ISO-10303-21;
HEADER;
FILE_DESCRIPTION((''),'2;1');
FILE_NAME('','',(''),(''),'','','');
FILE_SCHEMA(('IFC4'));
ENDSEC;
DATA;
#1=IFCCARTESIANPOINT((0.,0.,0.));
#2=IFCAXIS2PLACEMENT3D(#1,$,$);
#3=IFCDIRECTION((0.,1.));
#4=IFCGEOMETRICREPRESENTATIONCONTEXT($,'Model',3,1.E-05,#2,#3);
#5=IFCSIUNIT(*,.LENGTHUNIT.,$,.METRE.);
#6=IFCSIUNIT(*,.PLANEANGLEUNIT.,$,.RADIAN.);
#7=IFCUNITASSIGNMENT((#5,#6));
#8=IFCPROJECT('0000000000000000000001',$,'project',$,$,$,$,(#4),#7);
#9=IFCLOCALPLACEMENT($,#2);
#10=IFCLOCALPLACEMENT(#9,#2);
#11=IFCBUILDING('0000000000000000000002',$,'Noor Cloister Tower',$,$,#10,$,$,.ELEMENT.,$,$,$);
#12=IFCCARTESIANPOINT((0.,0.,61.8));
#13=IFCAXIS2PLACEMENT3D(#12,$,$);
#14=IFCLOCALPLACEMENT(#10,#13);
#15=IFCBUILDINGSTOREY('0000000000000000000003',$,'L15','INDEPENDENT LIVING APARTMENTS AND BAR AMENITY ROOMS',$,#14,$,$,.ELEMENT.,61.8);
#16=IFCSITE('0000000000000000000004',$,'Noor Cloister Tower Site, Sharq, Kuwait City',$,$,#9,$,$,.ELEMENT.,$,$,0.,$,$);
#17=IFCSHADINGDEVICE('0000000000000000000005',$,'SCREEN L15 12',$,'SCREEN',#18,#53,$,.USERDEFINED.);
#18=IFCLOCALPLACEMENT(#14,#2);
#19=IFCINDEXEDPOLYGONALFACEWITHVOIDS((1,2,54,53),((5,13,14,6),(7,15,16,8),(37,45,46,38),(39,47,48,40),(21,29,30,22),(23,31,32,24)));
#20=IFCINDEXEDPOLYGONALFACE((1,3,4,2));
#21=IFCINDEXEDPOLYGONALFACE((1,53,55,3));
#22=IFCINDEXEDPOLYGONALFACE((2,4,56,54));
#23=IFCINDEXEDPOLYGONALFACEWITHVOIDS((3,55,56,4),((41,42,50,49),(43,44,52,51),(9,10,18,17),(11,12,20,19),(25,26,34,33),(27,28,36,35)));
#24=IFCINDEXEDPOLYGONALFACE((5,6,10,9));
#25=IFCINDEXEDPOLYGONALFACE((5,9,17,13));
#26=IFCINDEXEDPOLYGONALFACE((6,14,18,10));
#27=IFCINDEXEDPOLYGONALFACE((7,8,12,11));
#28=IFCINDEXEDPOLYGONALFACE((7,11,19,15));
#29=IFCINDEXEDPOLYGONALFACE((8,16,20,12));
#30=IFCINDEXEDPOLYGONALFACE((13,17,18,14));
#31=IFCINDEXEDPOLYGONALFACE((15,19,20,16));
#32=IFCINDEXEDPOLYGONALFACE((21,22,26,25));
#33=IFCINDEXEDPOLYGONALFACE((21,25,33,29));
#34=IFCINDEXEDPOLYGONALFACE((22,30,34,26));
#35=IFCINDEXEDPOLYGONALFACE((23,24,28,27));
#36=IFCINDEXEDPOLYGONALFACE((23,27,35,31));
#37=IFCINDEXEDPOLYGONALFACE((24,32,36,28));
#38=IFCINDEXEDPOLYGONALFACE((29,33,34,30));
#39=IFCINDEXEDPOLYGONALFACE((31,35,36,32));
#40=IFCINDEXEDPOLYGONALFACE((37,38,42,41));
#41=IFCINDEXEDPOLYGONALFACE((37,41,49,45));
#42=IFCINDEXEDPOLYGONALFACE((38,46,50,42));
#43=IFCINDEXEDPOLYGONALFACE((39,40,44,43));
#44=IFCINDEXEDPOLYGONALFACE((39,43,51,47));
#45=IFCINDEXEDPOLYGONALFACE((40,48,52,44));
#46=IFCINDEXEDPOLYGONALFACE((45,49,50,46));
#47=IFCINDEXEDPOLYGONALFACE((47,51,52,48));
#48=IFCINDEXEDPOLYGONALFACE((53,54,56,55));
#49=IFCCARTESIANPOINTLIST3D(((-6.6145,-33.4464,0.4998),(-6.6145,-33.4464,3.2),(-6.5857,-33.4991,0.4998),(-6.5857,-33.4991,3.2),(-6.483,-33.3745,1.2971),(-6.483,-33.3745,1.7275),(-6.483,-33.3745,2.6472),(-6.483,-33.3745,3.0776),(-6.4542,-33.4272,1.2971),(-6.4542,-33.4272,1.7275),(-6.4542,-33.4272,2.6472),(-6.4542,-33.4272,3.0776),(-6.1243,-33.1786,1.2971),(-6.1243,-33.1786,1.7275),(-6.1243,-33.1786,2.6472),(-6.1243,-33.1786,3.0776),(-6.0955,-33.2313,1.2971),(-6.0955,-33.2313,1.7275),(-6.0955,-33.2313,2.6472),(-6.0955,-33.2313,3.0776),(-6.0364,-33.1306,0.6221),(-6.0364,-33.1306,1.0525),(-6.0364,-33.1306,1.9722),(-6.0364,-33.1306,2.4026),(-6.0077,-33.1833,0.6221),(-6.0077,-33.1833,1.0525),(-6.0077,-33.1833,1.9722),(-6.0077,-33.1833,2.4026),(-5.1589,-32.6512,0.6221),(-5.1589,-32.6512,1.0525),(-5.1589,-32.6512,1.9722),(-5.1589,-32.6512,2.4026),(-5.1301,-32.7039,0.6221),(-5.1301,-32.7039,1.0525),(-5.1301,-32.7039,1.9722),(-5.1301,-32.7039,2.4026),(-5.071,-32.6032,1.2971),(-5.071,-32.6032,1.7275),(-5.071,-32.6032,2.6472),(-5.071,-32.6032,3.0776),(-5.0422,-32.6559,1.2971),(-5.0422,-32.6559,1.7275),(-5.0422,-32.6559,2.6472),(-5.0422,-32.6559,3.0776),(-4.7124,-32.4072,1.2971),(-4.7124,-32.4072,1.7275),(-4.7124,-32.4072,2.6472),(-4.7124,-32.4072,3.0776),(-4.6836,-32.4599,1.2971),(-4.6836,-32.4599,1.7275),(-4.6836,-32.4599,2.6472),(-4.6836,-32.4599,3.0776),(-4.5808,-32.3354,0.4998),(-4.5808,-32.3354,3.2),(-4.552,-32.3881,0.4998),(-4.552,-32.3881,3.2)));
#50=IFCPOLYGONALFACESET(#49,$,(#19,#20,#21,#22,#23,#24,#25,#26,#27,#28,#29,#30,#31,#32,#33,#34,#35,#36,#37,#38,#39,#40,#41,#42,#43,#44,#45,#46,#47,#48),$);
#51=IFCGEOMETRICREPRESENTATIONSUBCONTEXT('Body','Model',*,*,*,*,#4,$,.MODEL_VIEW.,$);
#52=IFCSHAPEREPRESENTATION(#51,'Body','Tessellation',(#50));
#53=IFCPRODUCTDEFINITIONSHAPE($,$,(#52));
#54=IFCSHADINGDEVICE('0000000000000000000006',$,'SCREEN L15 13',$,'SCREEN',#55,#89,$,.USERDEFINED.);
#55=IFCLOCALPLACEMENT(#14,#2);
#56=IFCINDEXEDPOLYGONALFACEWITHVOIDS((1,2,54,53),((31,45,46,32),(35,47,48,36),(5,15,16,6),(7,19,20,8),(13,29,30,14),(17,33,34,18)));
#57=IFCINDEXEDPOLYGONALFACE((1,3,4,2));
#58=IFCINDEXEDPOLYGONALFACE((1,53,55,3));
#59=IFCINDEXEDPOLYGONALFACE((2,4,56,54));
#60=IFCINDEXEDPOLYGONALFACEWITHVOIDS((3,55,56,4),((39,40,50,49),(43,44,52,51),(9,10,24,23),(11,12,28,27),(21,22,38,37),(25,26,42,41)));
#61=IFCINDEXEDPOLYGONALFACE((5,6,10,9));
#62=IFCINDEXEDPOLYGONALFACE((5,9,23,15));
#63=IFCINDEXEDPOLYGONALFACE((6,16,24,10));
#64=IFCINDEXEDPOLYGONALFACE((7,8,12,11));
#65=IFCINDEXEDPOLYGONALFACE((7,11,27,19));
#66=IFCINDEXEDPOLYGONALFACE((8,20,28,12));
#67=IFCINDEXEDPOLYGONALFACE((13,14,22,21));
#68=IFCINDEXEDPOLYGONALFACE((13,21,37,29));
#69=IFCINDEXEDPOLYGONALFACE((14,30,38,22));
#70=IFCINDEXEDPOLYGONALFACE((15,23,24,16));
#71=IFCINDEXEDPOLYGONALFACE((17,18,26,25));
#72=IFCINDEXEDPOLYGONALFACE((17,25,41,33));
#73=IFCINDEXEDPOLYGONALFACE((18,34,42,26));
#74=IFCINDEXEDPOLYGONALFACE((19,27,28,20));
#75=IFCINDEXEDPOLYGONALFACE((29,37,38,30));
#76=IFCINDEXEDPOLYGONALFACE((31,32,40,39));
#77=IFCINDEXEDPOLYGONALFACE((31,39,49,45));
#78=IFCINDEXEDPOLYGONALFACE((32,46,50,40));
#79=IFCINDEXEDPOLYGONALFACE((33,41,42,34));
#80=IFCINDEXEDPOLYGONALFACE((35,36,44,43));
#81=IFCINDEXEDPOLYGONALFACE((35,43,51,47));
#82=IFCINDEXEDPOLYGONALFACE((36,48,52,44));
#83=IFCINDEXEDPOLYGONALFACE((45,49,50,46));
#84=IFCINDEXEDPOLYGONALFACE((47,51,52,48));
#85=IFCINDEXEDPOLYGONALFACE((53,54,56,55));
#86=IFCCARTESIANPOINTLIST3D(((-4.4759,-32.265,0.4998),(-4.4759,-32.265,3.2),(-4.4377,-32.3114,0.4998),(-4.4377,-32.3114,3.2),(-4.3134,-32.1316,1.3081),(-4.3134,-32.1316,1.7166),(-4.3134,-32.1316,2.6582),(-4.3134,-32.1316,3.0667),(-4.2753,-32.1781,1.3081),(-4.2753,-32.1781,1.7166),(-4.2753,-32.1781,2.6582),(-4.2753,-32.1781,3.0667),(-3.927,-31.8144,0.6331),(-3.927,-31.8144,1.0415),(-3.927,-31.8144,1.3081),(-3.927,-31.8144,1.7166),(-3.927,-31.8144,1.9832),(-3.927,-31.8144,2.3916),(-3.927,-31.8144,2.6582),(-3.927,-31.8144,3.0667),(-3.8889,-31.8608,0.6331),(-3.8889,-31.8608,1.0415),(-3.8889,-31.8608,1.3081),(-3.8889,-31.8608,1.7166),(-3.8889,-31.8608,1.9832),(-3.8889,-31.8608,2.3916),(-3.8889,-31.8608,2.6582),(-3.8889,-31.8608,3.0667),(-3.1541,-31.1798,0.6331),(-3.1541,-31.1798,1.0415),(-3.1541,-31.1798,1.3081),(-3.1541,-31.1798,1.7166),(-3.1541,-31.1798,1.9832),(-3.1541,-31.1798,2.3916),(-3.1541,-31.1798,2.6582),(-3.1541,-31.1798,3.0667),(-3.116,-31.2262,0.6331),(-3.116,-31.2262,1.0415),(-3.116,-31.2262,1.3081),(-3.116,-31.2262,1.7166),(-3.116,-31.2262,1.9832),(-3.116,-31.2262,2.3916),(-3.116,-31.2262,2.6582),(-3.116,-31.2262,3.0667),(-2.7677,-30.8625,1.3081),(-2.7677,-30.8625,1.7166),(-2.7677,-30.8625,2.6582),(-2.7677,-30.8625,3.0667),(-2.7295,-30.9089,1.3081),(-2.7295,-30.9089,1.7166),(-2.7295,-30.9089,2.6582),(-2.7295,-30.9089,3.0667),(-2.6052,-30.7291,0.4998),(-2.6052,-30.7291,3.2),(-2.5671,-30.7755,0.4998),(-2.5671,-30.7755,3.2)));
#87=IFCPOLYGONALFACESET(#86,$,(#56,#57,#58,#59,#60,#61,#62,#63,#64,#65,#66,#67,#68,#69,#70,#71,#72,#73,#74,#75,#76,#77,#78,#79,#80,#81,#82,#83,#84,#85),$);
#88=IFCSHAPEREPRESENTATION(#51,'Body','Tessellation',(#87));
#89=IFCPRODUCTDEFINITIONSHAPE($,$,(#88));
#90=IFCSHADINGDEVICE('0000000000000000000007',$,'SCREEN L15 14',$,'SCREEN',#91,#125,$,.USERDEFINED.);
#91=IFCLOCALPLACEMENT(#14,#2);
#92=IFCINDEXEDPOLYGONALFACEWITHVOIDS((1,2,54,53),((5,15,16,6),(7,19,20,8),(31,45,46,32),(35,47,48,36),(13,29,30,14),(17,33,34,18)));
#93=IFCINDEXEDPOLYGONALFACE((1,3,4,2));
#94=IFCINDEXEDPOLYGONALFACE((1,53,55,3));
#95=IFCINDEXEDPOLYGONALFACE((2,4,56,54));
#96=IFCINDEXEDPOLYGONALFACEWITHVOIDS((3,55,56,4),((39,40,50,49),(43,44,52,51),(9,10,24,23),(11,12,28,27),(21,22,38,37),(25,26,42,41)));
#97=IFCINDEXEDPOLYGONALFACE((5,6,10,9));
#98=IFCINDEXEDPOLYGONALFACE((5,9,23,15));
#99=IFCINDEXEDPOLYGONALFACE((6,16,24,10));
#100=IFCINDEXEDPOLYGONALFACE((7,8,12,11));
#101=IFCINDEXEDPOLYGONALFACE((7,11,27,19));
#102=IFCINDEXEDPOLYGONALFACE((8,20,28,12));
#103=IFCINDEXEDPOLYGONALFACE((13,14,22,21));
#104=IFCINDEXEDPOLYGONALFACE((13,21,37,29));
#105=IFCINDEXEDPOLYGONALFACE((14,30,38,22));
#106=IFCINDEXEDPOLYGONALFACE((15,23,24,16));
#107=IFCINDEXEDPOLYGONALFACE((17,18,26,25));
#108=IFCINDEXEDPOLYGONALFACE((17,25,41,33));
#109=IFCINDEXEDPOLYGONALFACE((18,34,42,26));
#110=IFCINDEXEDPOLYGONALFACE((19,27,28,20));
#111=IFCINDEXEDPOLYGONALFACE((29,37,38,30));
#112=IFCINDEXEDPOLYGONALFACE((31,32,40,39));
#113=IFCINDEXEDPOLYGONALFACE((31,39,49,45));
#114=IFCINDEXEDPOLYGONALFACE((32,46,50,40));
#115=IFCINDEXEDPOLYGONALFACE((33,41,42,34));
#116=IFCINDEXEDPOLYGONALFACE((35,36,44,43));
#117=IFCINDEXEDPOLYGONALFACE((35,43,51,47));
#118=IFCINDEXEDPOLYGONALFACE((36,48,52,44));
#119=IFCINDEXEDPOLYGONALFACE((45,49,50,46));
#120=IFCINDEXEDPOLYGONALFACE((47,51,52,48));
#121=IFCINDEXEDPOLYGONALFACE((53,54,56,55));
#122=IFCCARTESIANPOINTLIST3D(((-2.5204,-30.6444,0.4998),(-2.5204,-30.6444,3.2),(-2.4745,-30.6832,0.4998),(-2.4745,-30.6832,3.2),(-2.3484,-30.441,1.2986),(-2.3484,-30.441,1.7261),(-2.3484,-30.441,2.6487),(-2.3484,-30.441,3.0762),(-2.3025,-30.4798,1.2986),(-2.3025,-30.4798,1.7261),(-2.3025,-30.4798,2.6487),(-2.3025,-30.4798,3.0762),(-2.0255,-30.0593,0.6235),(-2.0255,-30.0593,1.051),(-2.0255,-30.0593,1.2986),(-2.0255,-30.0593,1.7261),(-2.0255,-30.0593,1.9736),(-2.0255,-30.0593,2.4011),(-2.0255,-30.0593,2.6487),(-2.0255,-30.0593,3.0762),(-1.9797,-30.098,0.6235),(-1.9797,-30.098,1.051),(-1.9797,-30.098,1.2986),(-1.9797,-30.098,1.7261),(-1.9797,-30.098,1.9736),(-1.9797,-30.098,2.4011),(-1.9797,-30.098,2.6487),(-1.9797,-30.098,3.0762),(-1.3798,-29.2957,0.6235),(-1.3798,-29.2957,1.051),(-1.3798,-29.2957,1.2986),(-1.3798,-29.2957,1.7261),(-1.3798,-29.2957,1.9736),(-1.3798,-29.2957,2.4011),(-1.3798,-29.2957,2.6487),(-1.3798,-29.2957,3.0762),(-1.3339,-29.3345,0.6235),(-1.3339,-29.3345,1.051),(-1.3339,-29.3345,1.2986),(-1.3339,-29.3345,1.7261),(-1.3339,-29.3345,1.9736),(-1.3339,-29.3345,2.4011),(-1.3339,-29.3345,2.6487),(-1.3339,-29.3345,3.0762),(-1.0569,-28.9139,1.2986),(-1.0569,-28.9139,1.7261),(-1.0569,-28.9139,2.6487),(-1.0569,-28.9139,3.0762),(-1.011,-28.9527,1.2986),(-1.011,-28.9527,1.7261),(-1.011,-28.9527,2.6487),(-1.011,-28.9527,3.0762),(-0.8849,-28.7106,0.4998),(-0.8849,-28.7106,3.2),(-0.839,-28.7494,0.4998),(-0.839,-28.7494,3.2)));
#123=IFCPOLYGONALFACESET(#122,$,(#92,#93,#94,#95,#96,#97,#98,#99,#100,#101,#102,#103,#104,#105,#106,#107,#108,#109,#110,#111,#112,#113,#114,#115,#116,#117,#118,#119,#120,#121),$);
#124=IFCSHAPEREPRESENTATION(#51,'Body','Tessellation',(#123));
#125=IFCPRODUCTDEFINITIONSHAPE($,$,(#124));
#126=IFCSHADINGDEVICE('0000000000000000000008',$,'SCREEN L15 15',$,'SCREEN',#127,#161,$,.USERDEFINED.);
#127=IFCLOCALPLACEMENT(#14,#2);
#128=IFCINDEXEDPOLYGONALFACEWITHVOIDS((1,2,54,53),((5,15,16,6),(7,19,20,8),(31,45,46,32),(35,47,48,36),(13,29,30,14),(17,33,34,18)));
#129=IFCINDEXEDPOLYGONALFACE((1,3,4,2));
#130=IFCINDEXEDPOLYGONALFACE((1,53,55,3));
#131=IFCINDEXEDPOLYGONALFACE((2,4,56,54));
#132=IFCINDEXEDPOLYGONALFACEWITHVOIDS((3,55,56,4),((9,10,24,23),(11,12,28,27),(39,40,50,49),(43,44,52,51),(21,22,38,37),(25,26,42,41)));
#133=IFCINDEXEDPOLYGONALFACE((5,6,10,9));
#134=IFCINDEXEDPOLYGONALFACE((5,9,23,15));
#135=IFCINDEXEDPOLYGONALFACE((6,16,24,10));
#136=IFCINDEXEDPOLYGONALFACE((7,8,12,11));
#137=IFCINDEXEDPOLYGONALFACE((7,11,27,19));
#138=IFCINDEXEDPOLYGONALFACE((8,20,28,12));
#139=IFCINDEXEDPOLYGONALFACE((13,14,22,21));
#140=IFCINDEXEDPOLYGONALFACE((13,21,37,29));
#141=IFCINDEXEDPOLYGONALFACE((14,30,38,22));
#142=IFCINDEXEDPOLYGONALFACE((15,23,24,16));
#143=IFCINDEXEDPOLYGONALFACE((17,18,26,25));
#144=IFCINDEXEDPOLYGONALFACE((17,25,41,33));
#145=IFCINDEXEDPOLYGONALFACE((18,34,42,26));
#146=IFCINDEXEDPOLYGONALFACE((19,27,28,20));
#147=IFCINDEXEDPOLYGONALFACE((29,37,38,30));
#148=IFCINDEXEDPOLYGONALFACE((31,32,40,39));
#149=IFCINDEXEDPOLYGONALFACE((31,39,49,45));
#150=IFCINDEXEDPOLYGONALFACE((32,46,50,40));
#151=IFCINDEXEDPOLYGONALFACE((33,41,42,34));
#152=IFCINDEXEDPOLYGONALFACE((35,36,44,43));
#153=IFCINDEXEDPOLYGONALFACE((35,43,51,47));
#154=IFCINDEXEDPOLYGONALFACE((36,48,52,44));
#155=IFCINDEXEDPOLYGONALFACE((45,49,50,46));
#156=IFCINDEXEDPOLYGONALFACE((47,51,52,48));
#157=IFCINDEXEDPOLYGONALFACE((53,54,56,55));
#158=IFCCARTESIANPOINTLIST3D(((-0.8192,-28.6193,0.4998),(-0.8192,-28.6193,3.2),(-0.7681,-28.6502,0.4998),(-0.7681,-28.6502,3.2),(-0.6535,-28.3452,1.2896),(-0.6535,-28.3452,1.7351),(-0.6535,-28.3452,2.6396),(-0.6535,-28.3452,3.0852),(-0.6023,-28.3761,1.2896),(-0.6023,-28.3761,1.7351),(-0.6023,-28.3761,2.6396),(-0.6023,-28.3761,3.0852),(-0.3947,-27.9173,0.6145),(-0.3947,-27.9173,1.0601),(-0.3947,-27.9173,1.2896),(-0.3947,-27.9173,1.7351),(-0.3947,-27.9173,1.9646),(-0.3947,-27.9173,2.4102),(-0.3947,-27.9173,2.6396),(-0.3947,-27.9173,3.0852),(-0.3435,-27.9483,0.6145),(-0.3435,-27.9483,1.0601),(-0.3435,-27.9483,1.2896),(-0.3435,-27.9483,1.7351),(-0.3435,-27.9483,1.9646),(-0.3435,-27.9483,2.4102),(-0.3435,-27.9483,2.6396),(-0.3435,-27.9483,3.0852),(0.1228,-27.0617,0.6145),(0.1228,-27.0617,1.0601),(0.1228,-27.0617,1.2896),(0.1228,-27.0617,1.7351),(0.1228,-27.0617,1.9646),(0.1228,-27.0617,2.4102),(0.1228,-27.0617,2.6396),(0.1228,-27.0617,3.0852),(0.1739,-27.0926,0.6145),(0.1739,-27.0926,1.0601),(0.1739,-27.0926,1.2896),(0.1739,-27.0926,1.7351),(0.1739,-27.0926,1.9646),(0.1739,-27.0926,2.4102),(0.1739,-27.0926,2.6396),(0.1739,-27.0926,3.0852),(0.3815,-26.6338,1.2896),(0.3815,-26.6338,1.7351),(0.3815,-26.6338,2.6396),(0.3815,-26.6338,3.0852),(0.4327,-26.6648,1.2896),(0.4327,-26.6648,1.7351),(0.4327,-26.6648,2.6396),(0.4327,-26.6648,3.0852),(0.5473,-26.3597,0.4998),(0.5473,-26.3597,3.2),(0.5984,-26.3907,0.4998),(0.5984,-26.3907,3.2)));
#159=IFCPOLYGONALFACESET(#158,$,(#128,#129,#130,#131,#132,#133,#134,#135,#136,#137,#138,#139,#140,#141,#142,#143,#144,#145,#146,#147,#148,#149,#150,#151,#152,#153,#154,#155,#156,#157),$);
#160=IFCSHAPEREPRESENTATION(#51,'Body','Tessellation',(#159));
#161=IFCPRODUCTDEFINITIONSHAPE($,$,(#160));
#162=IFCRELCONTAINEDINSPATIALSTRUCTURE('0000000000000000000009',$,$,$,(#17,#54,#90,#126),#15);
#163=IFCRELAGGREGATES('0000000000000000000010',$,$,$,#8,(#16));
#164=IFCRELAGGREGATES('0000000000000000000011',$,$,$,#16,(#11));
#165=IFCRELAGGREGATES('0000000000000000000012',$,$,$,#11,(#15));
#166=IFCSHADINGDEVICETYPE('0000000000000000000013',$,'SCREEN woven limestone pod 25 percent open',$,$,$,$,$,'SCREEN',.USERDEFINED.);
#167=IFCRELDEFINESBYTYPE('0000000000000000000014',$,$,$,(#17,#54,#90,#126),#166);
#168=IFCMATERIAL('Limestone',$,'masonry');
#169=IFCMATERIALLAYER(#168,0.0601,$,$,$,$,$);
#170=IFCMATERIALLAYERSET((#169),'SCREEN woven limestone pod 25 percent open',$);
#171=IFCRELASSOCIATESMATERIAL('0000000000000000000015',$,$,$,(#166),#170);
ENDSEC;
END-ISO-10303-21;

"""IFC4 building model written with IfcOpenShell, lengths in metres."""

from ifc_helpers import new_model, si_unit, direction, frame, origin, place, context, subcontext, project, spatial, polyline, outline, extrude, material, layer, layer_set, type_object, element, save


model = new_model("IFC4")

# Units and contexts
model_context = context("Model", 3, precision=1e-05, world=origin(), true_north=direction((0.0, 1.0)))
body_context = subcontext(model_context, "Body", "Model", "MODEL_VIEW")
ifc_project = project(units=[si_unit("LENGTHUNIT", "METRE"), si_unit("PLANEANGLEUNIT", "RADIAN")], contexts=[model_context])

# Site, building, storey
site_placement = place(None, origin())
site = spatial("IfcSite", under=ifc_project, at=site_placement, Name="Noor Cloister Tower Site, Sharq, Kuwait City", CompositionType="ELEMENT", RefElevation=0.0)
building_placement = place(site_placement, origin())
building = spatial("IfcBuilding", under=site, at=building_placement, Name="Noor Cloister Tower", CompositionType="ELEMENT")
storey_placement = place(building_placement, frame((0.0, 0.0, 61.8)))
storey = spatial("IfcBuildingStorey", under=building, at=storey_placement, Name="L15", Description="INDEPENDENT LIVING APARTMENTS AND BAR AMENITY ROOMS", CompositionType="ELEMENT", Elevation=61.8)

# Shading devices
ifc_material_1 = material(Name="Limestone", Category="masonry")
ifc_layer_1 = layer(ifc_material_1, 0.0601)
ifc_layer_set_1 = layer_set([ifc_layer_1], Name="SCREEN woven limestone pod 25 percent open")
shading_device_type = type_object("IfcShadingDeviceType", Name="SCREEN woven limestone pod 25 percent open", ElementType="SCREEN", PredefinedType="USERDEFINED", material=ifc_layer_set_1)
shading_device_1_placement = place(storey_placement, frame((-5.5977, -32.8909, 1.8499), z_axis=(0.479421, -0.877585, 0.0), x_axis=(0.877585, 0.479421, 0.0)))
element("IfcShadingDevice", 1, at=shading_device_1_placement, inside=storey, type_object=shading_device_type, Name="SCREEN L15 12", ObjectType="SCREEN", PredefinedType="USERDEFINED", context=body_context, shape_type="SweptSolid", body=[
    extrude(outline(polyline([(-1.1587, -1.3501), (1.1587, -1.3501), (1.1587, 1.3501), (-1.1587, 1.3501), (-1.1587, -1.3501)]), holes=[polyline([(-0.5, -1.2278), (0.5, -1.2278), (0.5, -0.7974), (-0.5, -0.7974), (-0.5, -1.2278)]), polyline([(0.6001, -0.5527), (1.0088, -0.5527), (1.0088, -0.1223), (0.6001, -0.1223), (0.6001, -0.5527)]), polyline([(-1.0088, -0.5527), (-0.6001, -0.5527), (-0.6001, -0.1223), (-1.0088, -0.1223), (-1.0088, -0.5527)]), polyline([(-0.5, 0.1223), (0.5, 0.1223), (0.5, 0.5527), (-0.5, 0.5527), (-0.5, 0.1223)]), polyline([(0.6001, 0.7974), (1.0088, 0.7974), (1.0088, 1.2278), (0.6001, 1.2278), (0.6001, 0.7974)]), polyline([(-1.0088, 0.7974), (-0.6001, 0.7974), (-0.6001, 1.2278), (-1.0088, 1.2278), (-1.0088, 0.7974)])]), origin(), (0.0, 0.0, 1.0), 0.0601),
])
shading_device_2_placement = place(storey_placement, frame((-3.5405, -31.4971, 1.8499), z_axis=(0.634566, -0.772869, 0.0), x_axis=(0.772869, 0.634566, 0.0)))
element("IfcShadingDevice", 2, at=shading_device_2_placement, inside=storey, type_object=shading_device_type, Name="SCREEN L15 13", ObjectType="SCREEN", PredefinedType="USERDEFINED", context=body_context, shape_type="SweptSolid", body=[
    extrude(outline(polyline([(-1.2102, -1.3501), (1.2102, -1.3501), (1.2102, 1.3501), (-1.2102, 1.3501), (-1.2102, -1.3501)]), holes=[polyline([(-0.5, -1.2168), (0.5, -1.2168), (0.5, -0.8083), (-0.5, -0.8083), (-0.5, -1.2168)]), polyline([(-1.0, -0.5417), (-0.5, -0.5417), (-0.5, -0.1333), (-1.0, -0.1333), (-1.0, -0.5417)]), polyline([(0.5, -0.5417), (1.0, -0.5417), (1.0, -0.1333), (0.5, -0.1333), (0.5, -0.5417)]), polyline([(-0.5, 0.1333), (0.5, 0.1333), (0.5, 0.5417), (-0.5, 0.5417), (-0.5, 0.1333)]), polyline([(-1.0, 0.8083), (-0.5, 0.8083), (-0.5, 1.2168), (-1.0, 1.2168), (-1.0, 0.8083)]), polyline([(0.5, 0.8083), (1.0, 0.8083), (1.0, 1.2168), (0.5, 1.2168), (0.5, 0.8083)])]), origin(), (0.0, 0.0, 1.0), 0.0601),
])
shading_device_3_placement = place(storey_placement, frame((-1.7026, -29.6775, 1.8499), z_axis=(0.76354, -0.64576, 0.0), x_axis=(0.64576, 0.76354, 0.0)))
element("IfcShadingDevice", 3, at=shading_device_3_placement, inside=storey, type_object=shading_device_type, Name="SCREEN L15 14", ObjectType="SCREEN", PredefinedType="USERDEFINED", context=body_context, shape_type="SweptSolid", body=[
    extrude(outline(polyline([(-1.2664, -1.3501), (1.2664, -1.3501), (1.2664, 1.3501), (-1.2664, 1.3501), (-1.2664, -1.3501)]), holes=[polyline([(-0.5, -1.2263), (0.5, -1.2263), (0.5, -0.7988), (-0.5, -0.7988), (-0.5, -1.2263)]), polyline([(-1.0, -0.5513), (-0.5, -0.5513), (-0.5, -0.1238), (-1.0, -0.1238), (-1.0, -0.5513)]), polyline([(0.5, -0.5513), (1.0, -0.5513), (1.0, -0.1238), (0.5, -0.1238), (0.5, -0.5513)]), polyline([(-0.5, 0.1238), (0.5, 0.1238), (0.5, 0.5513), (-0.5, 0.5513), (-0.5, 0.1238)]), polyline([(-1.0, 0.7988), (-0.5, 0.7988), (-0.5, 1.2263), (-1.0, 1.2263), (-1.0, 0.7988)]), polyline([(0.5, 0.7988), (1.0, 0.7988), (1.0, 1.2263), (0.5, 1.2263), (0.5, 0.7988)])]), origin(), (0.0, 0.0, 1.0), 0.0601),
])
shading_device_4_placement = place(storey_placement, frame((-0.136, -27.4895, 1.8499), z_axis=(0.85569, -0.517489, 0.0), x_axis=(0.517489, 0.85569, 0.0)))
element("IfcShadingDevice", 4, at=shading_device_4_placement, inside=storey, type_object=shading_device_type, Name="SCREEN L15 15", ObjectType="SCREEN", PredefinedType="USERDEFINED", context=body_context, shape_type="SweptSolid", body=[
    extrude(outline(polyline([(-1.3203, -1.3501), (1.3203, -1.3501), (1.3203, 1.3501), (-1.3203, 1.3501), (-1.3203, -1.3501)]), holes=[polyline([(-0.5, -1.2354), (0.5, -1.2354), (0.5, -0.7898), (-0.5, -0.7898), (-0.5, -1.2354)]), polyline([(-1.0, -0.5603), (-0.5, -0.5603), (-0.5, -0.1147), (-1.0, -0.1147), (-1.0, -0.5603)]), polyline([(0.5, -0.5603), (1.0, -0.5603), (1.0, -0.1147), (0.5, -0.1147), (0.5, -0.5603)]), polyline([(-0.5, 0.1147), (0.5, 0.1147), (0.5, 0.5603), (-0.5, 0.5603), (-0.5, 0.1147)]), polyline([(-1.0, 0.7898), (-0.5, 0.7898), (-0.5, 1.2354), (-1.0, 1.2354), (-1.0, 0.7898)]), polyline([(0.5, 0.7898), (1.0, 0.7898), (1.0, 1.2354), (0.5, 1.2354), (0.5, 0.7898)])]), origin(), (0.0, 0.0, 1.0), 0.0598),
])

save(model, "model.ifc")
